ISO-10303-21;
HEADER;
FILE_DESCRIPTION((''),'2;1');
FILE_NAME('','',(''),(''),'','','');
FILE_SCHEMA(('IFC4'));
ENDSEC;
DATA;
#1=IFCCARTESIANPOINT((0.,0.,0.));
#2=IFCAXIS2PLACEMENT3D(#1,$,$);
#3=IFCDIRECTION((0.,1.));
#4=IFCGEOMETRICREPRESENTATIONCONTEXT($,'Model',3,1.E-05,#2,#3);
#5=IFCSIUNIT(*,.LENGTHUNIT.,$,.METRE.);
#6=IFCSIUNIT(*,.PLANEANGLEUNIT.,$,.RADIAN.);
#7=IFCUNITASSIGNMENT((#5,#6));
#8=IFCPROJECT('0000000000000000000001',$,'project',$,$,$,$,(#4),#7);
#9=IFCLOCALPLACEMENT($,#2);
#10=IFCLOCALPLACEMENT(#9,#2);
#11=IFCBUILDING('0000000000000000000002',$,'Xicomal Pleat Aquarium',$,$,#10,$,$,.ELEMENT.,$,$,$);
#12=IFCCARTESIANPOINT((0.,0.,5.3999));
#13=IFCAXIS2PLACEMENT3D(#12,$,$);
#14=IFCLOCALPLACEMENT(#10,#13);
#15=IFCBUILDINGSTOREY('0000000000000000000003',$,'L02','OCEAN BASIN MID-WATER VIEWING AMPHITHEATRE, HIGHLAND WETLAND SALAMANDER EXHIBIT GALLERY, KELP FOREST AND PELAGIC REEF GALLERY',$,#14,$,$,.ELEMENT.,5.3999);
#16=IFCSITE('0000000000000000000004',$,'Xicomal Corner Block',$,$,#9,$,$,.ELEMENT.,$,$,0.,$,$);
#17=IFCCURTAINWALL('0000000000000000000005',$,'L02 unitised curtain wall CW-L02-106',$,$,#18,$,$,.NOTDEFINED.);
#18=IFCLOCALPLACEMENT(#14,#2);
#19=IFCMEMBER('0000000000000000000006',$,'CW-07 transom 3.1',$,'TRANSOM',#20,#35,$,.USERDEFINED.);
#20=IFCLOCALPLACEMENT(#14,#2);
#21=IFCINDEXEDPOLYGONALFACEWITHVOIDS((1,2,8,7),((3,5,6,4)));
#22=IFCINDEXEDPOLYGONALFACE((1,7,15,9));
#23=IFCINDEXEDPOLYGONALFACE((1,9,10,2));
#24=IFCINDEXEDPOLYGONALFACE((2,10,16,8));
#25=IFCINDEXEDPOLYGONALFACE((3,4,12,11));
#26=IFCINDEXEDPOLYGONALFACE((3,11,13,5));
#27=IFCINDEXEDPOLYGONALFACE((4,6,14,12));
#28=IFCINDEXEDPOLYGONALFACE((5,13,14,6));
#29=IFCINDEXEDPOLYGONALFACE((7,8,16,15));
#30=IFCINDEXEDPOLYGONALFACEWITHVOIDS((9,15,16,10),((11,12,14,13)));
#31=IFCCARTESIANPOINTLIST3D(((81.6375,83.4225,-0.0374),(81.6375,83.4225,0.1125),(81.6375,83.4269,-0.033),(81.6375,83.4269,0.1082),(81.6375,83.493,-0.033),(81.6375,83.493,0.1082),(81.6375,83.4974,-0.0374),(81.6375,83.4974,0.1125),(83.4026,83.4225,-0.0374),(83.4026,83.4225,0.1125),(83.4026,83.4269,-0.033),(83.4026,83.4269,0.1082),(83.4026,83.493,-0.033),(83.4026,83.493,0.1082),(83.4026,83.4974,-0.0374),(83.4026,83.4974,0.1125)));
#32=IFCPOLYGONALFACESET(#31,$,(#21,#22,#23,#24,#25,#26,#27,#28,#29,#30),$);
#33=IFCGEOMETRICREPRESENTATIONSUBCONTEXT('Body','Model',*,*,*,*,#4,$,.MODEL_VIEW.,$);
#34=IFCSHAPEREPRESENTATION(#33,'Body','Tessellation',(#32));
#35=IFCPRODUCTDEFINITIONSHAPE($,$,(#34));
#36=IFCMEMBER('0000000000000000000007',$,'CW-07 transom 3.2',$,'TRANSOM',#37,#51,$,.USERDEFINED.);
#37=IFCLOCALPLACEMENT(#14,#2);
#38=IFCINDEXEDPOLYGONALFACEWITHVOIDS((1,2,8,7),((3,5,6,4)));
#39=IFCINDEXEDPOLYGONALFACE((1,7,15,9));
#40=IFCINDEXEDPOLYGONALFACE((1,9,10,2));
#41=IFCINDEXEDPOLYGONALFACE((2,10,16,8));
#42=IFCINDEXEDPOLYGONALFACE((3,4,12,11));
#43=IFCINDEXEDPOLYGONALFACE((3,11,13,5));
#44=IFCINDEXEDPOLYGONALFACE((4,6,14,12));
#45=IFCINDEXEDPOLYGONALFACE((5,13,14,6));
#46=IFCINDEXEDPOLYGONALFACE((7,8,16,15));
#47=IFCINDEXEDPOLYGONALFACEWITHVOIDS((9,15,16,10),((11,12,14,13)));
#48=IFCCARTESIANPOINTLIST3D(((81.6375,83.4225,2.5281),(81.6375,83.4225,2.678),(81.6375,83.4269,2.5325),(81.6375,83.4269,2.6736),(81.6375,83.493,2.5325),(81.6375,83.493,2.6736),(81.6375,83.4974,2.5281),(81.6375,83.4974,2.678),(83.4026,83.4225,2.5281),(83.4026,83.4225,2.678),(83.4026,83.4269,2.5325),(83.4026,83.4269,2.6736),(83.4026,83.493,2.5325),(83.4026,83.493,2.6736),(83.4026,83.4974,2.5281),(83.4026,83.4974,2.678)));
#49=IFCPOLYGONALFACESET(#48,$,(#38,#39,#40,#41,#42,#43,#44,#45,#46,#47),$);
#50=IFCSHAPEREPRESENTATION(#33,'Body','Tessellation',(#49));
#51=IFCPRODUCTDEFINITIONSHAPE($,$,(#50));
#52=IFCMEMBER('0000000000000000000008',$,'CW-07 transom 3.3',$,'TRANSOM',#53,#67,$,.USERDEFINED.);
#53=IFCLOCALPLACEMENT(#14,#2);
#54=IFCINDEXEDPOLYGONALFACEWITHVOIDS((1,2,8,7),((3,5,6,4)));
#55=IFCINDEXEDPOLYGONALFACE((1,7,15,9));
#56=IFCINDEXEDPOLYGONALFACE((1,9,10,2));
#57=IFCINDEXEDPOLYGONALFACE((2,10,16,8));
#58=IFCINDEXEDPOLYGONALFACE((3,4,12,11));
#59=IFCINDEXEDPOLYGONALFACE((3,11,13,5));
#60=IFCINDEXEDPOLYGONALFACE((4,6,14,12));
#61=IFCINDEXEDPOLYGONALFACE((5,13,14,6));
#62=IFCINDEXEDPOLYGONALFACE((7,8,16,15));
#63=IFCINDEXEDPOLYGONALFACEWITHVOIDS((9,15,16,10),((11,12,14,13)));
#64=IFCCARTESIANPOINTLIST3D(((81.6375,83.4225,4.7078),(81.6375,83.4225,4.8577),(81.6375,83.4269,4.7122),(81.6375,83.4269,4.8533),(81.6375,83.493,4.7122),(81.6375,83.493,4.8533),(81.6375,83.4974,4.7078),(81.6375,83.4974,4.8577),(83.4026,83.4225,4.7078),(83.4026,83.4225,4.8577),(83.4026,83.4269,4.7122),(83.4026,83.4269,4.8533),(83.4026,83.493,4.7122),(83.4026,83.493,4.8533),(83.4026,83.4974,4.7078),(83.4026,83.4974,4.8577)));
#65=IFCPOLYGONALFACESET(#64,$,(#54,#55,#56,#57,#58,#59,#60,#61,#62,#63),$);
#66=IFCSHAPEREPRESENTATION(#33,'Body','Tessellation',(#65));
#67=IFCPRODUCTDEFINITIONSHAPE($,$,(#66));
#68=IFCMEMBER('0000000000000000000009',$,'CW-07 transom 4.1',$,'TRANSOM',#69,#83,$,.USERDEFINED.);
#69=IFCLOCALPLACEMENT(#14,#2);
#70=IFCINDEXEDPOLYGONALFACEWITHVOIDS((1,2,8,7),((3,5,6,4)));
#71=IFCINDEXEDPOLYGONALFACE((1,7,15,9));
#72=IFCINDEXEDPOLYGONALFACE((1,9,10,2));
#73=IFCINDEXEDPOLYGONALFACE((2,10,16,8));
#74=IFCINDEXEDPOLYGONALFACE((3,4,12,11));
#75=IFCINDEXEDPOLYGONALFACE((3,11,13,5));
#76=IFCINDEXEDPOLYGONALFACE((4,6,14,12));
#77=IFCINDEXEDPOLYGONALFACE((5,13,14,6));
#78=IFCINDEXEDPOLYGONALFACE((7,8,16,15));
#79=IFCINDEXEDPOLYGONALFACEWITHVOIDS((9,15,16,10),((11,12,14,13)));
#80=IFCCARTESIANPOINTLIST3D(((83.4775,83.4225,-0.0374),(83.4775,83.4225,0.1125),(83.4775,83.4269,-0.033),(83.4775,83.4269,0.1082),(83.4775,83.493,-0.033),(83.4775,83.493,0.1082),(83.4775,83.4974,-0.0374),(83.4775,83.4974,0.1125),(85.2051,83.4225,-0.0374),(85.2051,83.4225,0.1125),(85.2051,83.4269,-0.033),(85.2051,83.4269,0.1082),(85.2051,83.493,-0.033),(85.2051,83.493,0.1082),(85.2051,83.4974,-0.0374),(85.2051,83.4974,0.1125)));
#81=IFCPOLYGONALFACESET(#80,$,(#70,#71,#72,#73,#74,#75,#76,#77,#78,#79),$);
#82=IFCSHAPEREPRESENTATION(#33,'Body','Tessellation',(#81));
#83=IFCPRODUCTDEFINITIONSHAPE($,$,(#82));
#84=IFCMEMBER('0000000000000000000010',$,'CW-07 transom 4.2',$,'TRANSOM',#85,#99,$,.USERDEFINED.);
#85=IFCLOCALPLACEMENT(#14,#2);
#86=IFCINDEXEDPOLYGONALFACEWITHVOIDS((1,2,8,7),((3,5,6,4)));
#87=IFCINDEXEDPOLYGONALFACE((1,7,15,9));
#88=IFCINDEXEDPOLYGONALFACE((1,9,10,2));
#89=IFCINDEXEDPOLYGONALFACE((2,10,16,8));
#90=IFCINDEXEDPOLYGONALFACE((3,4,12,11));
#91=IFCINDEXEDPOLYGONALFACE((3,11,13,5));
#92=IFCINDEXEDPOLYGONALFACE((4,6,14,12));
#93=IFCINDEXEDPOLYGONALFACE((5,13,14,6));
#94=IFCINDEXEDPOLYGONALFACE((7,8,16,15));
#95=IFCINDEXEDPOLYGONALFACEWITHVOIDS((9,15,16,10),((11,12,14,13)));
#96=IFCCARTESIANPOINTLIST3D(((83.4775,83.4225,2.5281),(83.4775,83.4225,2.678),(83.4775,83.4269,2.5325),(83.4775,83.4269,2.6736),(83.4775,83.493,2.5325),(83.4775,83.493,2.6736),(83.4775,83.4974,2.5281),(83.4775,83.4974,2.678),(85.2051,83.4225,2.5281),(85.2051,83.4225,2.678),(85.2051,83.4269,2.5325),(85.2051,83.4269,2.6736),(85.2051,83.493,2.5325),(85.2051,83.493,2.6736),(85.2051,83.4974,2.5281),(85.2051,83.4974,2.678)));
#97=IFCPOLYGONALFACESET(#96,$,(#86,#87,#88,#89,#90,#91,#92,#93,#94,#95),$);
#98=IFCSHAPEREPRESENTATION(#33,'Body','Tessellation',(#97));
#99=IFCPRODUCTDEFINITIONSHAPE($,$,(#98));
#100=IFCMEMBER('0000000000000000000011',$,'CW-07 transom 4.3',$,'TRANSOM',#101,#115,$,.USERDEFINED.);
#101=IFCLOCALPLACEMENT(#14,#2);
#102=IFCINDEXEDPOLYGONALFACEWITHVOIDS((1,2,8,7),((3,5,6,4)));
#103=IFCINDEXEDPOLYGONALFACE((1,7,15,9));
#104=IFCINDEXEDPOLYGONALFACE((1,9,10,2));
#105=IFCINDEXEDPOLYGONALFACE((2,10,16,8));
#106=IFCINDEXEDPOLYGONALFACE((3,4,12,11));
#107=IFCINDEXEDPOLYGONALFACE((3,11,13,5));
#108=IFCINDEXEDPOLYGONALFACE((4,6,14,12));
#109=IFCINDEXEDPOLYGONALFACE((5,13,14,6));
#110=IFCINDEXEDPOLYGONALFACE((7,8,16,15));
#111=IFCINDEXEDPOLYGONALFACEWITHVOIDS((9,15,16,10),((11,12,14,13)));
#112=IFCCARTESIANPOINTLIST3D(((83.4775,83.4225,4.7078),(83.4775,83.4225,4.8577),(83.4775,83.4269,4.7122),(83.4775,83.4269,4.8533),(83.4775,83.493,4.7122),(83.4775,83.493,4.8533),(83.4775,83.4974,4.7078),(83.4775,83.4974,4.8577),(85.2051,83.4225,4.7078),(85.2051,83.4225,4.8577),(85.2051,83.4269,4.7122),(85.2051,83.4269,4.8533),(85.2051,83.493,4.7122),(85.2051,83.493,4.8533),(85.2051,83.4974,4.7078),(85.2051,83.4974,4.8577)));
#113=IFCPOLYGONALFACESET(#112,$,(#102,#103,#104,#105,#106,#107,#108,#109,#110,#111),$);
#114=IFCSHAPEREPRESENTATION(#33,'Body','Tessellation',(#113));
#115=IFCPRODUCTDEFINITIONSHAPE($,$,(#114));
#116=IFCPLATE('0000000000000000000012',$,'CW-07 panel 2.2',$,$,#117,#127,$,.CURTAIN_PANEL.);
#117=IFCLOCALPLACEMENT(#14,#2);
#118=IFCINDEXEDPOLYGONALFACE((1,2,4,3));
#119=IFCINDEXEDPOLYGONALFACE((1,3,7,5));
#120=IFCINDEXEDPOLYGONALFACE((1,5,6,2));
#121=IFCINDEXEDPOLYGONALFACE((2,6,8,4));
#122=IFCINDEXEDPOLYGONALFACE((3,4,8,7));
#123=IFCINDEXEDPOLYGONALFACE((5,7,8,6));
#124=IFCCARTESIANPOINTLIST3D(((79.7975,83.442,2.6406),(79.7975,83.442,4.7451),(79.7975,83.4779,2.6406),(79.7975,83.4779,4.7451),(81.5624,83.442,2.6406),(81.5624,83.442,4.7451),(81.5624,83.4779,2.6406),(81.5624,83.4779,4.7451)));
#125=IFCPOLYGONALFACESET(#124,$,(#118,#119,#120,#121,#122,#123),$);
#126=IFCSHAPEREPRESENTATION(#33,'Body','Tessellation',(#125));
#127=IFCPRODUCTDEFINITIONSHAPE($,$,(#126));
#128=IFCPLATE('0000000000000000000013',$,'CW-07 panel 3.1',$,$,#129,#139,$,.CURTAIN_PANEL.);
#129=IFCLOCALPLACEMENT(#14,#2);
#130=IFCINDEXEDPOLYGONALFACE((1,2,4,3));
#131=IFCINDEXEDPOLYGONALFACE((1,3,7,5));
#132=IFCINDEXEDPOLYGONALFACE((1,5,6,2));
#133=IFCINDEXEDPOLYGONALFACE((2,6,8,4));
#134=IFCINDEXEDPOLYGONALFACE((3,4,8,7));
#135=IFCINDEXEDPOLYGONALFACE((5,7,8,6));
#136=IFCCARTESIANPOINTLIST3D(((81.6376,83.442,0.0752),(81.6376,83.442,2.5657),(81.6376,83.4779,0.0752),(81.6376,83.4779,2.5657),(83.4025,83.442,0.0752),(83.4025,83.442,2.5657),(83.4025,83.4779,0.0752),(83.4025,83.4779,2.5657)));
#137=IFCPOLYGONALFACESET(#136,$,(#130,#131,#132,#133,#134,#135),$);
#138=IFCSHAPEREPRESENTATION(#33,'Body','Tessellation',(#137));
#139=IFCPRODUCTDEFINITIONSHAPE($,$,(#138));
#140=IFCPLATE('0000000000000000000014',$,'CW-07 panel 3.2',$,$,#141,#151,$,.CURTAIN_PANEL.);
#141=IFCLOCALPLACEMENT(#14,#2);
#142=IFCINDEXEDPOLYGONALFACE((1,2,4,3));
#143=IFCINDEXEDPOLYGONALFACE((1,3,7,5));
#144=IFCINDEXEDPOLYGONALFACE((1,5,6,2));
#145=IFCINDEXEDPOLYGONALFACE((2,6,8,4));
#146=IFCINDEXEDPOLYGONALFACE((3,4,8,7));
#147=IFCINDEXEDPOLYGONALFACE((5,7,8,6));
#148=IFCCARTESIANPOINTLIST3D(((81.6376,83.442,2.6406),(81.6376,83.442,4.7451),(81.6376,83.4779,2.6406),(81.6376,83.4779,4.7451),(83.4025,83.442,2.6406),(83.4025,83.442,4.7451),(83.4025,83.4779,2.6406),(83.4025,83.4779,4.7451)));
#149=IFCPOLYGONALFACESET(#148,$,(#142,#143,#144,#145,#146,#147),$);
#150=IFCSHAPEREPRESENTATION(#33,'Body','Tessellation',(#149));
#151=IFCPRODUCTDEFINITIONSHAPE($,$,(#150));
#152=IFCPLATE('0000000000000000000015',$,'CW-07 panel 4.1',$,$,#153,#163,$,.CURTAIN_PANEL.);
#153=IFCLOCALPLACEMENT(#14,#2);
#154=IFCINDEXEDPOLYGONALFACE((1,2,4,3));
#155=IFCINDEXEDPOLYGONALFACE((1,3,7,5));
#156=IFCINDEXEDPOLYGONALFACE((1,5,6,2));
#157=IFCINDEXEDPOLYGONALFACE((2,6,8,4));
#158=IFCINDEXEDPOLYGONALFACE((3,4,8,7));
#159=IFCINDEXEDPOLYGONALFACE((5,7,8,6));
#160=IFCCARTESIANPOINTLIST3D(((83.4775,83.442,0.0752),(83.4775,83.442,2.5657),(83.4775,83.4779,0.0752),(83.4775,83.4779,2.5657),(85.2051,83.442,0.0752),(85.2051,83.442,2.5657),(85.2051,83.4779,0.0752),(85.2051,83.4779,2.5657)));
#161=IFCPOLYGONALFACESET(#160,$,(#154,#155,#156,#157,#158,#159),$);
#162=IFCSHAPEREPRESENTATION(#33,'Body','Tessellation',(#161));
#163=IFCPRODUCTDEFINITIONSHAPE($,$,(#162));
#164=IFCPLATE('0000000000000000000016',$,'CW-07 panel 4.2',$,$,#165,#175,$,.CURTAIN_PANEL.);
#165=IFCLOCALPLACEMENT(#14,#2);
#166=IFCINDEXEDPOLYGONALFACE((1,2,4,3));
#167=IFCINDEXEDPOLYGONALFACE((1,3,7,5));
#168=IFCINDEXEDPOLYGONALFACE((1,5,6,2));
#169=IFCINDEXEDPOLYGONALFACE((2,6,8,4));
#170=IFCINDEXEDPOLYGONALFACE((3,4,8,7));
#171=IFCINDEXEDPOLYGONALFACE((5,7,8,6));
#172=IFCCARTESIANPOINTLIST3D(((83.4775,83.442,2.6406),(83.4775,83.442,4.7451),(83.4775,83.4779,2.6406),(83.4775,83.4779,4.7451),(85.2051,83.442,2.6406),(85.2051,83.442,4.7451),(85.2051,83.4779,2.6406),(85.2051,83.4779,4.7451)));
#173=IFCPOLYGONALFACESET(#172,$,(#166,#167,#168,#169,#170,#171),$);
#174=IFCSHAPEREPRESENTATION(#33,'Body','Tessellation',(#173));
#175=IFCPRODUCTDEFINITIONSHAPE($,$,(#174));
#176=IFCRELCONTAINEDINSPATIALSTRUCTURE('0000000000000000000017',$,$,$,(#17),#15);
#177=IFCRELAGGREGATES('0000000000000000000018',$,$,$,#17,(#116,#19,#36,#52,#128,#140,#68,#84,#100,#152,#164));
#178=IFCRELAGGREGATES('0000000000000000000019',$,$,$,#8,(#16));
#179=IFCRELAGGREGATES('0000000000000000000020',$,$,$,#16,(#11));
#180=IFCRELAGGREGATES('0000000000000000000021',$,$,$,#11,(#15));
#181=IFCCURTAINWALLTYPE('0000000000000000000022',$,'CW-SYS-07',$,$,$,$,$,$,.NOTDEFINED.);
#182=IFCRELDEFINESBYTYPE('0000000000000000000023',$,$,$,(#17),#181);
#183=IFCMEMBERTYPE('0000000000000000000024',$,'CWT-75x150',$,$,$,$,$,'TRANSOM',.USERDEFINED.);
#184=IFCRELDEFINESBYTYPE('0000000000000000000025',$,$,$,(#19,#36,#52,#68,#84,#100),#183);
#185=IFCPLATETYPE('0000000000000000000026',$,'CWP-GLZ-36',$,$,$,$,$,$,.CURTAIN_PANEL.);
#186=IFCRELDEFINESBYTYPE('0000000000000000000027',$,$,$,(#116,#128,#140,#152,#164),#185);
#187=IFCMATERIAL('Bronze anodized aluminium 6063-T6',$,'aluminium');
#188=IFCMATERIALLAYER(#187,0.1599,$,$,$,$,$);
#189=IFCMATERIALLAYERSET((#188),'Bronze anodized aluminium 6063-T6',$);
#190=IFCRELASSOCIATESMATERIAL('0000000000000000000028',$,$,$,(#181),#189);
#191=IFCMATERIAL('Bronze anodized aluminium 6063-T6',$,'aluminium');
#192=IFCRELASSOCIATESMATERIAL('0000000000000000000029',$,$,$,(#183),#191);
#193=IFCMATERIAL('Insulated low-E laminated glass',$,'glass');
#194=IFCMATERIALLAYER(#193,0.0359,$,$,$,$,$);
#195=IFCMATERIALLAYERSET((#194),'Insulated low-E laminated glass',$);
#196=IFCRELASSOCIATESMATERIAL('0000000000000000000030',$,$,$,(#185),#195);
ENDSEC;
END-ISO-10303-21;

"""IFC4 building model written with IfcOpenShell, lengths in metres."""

from ifc_helpers import new_model, si_unit, direction, frame, origin, origin_2d, place, context, subcontext, project, spatial, rectangle, hollow_rectangle, extrude, material, layer, layer_set, material_profile, profile_set, type_object, element, aggregate, save


model = new_model("IFC4")

# Units and contexts
model_context = context("Model", 3, precision=1e-05, world=origin(), true_north=direction((0.0, 1.0)))
body_context = subcontext(model_context, "Body", "Model", "MODEL_VIEW")
ifc_project = project(units=[si_unit("LENGTHUNIT", "METRE"), si_unit("PLANEANGLEUNIT", "RADIAN")], contexts=[model_context])

# Site, building, storey
site_placement = place(None, origin())
site = spatial("IfcSite", under=ifc_project, at=site_placement, Name="Xicomal Corner Block", CompositionType="ELEMENT", RefElevation=0.0)
building_placement = place(site_placement, origin())
building = spatial("IfcBuilding", under=site, at=building_placement, Name="Xicomal Pleat Aquarium", CompositionType="ELEMENT")
storey_placement = place(building_placement, frame((0.0, 0.0, 5.3999)))
storey = spatial("IfcBuildingStorey", under=building, at=storey_placement, Name="L02", Description="OCEAN BASIN MID-WATER VIEWING AMPHITHEATRE, HIGHLAND WETLAND SALAMANDER EXHIBIT GALLERY, KELP FOREST AND PELAGIC REEF GALLERY", CompositionType="ELEMENT", Elevation=5.3999)

# Curtain wall, members, plates
ifc_material_1 = material(Name="Bronze anodized aluminium 6063-T6", Category="aluminium")
ifc_layer_1 = layer(ifc_material_1, 0.1599)
ifc_layer_set_1 = layer_set([ifc_layer_1], Name="Bronze anodized aluminium 6063-T6")
curtain_wall_type = type_object("IfcCurtainWallType", Name="CW-SYS-07", PredefinedType="NOTDEFINED", material=ifc_layer_set_1)
curtain_wall_placement = place(storey_placement, origin())
curtain_wall = element("IfcCurtainWall", 1, at=curtain_wall_placement, inside=storey, type_object=curtain_wall_type, Name="L02 unitised curtain wall CW-L02-106", PredefinedType="NOTDEFINED")
ifc_material_2 = material(Name="Bronze anodized aluminium 6063-T6", Category="aluminium")
ifc_material_profile_1 = material_profile(ifc_material_2, hollow_rectangle(XDim=0.075, YDim=0.1499, WallThickness=0.0044, at=origin_2d()), Name="ALU TRAN 75x150")
ifc_profile_set_1 = profile_set([ifc_material_profile_1], Name="Bronze anodized aluminium 6063-T6")
member_type_1 = type_object("IfcMemberType", Name="CWT-75x150", ElementType="TRANSOM", PredefinedType="USERDEFINED", material=ifc_profile_set_1)
member_1_placement = place(storey_placement, frame((81.6375, 83.46, 0.0376), z_axis=(1.0, 0.0, 0.0), x_axis=(0.0, 1.0, 0.0)))
member_1 = element("IfcMember", 2, at=member_1_placement, type_object=member_type_1, Name="CW-07 transom 3.1", ObjectType="TRANSOM", PredefinedType="USERDEFINED", context=body_context, shape_type="SweptSolid", body=[
    extrude(hollow_rectangle(XDim=0.075, YDim=0.1499, WallThickness=0.0044, at=origin_2d()), origin(), (0.0, 0.0, 1.0), 1.7651),
])
member_2_placement = place(storey_placement, frame((81.6375, 83.46, 2.603), z_axis=(1.0, 0.0, 0.0), x_axis=(0.0, 1.0, 0.0)))
member_2 = element("IfcMember", 3, at=member_2_placement, type_object=member_type_1, Name="CW-07 transom 3.2", ObjectType="TRANSOM", PredefinedType="USERDEFINED", context=body_context, shape_type="SweptSolid", body=[
    extrude(hollow_rectangle(XDim=0.075, YDim=0.1499, WallThickness=0.0044, at=origin_2d()), origin(), (0.0, 0.0, 1.0), 1.7651),
])
member_3_placement = place(storey_placement, frame((81.6375, 83.46, 4.7827), z_axis=(1.0, 0.0, 0.0), x_axis=(0.0, 1.0, 0.0)))
member_3 = element("IfcMember", 4, at=member_3_placement, type_object=member_type_1, Name="CW-07 transom 3.3", ObjectType="TRANSOM", PredefinedType="USERDEFINED", context=body_context, shape_type="SweptSolid", body=[
    extrude(hollow_rectangle(XDim=0.075, YDim=0.1499, WallThickness=0.0044, at=origin_2d()), origin(), (0.0, 0.0, 1.0), 1.7651),
])
member_4_placement = place(storey_placement, frame((83.4775, 83.46, 0.0376), z_axis=(1.0, 0.0, 0.0), x_axis=(0.0, 1.0, 0.0)))
member_4 = element("IfcMember", 5, at=member_4_placement, type_object=member_type_1, Name="CW-07 transom 4.1", ObjectType="TRANSOM", PredefinedType="USERDEFINED", context=body_context, shape_type="SweptSolid", body=[
    extrude(hollow_rectangle(XDim=0.075, YDim=0.1499, WallThickness=0.0044, at=origin_2d()), origin(), (0.0, 0.0, 1.0), 1.7275),
])
member_5_placement = place(storey_placement, frame((83.4775, 83.46, 2.603), z_axis=(1.0, 0.0, 0.0), x_axis=(0.0, 1.0, 0.0)))
member_5 = element("IfcMember", 6, at=member_5_placement, type_object=member_type_1, Name="CW-07 transom 4.2", ObjectType="TRANSOM", PredefinedType="USERDEFINED", context=body_context, shape_type="SweptSolid", body=[
    extrude(hollow_rectangle(XDim=0.075, YDim=0.1499, WallThickness=0.0044, at=origin_2d()), origin(), (0.0, 0.0, 1.0), 1.7275),
])
member_6_placement = place(storey_placement, frame((83.4775, 83.46, 4.7827), z_axis=(1.0, 0.0, 0.0), x_axis=(0.0, 1.0, 0.0)))
member_6 = element("IfcMember", 7, at=member_6_placement, type_object=member_type_1, Name="CW-07 transom 4.3", ObjectType="TRANSOM", PredefinedType="USERDEFINED", context=body_context, shape_type="SweptSolid", body=[
    extrude(hollow_rectangle(XDim=0.075, YDim=0.1499, WallThickness=0.0044, at=origin_2d()), origin(), (0.0, 0.0, 1.0), 1.7275),
])
ifc_material_3 = material(Name="Insulated low-E laminated glass", Category="glass")
ifc_layer_2 = layer(ifc_material_3, 0.0359)
ifc_layer_set_2 = layer_set([ifc_layer_2], Name="Insulated low-E laminated glass")
plate_type = type_object("IfcPlateType", Name="CWP-GLZ-36", PredefinedType="CURTAIN_PANEL", material=ifc_layer_set_2)
plate_1_placement = place(storey_placement, frame((80.6799, 83.46, 2.6406), z_axis=(0.0, 0.0, 1.0), x_axis=(1.0, 0.0, 0.0)))
plate_1 = element("IfcPlate", 8, at=plate_1_placement, type_object=plate_type, Name="CW-07 panel 2.2", PredefinedType="CURTAIN_PANEL", context=body_context, shape_type="SweptSolid", body=[
    extrude(rectangle(XDim=1.7649, YDim=0.0359, at=origin_2d()), origin(), (0.0, 0.0, 1.0), 2.1045),
])
plate_2_placement = place(storey_placement, frame((82.52, 83.46, 0.0752), z_axis=(0.0, 0.0, 1.0), x_axis=(1.0, 0.0, 0.0)))
plate_2 = element("IfcPlate", 9, at=plate_2_placement, type_object=plate_type, Name="CW-07 panel 3.1", PredefinedType="CURTAIN_PANEL", context=body_context, shape_type="SweptSolid", body=[
    extrude(rectangle(XDim=1.7649, YDim=0.0359, at=origin_2d()), origin(), (0.0, 0.0, 1.0), 2.4905),
])
plate_3_placement = place(storey_placement, frame((82.52, 83.46, 2.6406), z_axis=(0.0, 0.0, 1.0), x_axis=(1.0, 0.0, 0.0)))
plate_3 = element("IfcPlate", 10, at=plate_3_placement, type_object=plate_type, Name="CW-07 panel 3.2", PredefinedType="CURTAIN_PANEL", context=body_context, shape_type="SweptSolid", body=[
    extrude(rectangle(XDim=1.7649, YDim=0.0359, at=origin_2d()), origin(), (0.0, 0.0, 1.0), 2.1045),
])
plate_4_placement = place(storey_placement, frame((84.3413, 83.46, 0.0752), z_axis=(0.0, 0.0, 1.0), x_axis=(1.0, 0.0, 0.0)))
plate_4 = element("IfcPlate", 11, at=plate_4_placement, type_object=plate_type, Name="CW-07 panel 4.1", PredefinedType="CURTAIN_PANEL", context=body_context, shape_type="SweptSolid", body=[
    extrude(rectangle(XDim=1.7275, YDim=0.0359, at=origin_2d()), origin(), (0.0, 0.0, 1.0), 2.4905),
])
plate_5_placement = place(storey_placement, frame((84.3413, 83.46, 2.6406), z_axis=(0.0, 0.0, 1.0), x_axis=(1.0, 0.0, 0.0)))
plate_5 = element("IfcPlate", 12, at=plate_5_placement, type_object=plate_type, Name="CW-07 panel 4.2", PredefinedType="CURTAIN_PANEL", context=body_context, shape_type="SweptSolid", body=[
    extrude(rectangle(XDim=1.7275, YDim=0.0359, at=origin_2d()), origin(), (0.0, 0.0, 1.0), 2.1045),
])
aggregate(curtain_wall, [plate_1, member_1, member_2, member_3, plate_2, plate_3, member_4, member_5, member_6, plate_4, plate_5])

save(model, "model.ifc")
